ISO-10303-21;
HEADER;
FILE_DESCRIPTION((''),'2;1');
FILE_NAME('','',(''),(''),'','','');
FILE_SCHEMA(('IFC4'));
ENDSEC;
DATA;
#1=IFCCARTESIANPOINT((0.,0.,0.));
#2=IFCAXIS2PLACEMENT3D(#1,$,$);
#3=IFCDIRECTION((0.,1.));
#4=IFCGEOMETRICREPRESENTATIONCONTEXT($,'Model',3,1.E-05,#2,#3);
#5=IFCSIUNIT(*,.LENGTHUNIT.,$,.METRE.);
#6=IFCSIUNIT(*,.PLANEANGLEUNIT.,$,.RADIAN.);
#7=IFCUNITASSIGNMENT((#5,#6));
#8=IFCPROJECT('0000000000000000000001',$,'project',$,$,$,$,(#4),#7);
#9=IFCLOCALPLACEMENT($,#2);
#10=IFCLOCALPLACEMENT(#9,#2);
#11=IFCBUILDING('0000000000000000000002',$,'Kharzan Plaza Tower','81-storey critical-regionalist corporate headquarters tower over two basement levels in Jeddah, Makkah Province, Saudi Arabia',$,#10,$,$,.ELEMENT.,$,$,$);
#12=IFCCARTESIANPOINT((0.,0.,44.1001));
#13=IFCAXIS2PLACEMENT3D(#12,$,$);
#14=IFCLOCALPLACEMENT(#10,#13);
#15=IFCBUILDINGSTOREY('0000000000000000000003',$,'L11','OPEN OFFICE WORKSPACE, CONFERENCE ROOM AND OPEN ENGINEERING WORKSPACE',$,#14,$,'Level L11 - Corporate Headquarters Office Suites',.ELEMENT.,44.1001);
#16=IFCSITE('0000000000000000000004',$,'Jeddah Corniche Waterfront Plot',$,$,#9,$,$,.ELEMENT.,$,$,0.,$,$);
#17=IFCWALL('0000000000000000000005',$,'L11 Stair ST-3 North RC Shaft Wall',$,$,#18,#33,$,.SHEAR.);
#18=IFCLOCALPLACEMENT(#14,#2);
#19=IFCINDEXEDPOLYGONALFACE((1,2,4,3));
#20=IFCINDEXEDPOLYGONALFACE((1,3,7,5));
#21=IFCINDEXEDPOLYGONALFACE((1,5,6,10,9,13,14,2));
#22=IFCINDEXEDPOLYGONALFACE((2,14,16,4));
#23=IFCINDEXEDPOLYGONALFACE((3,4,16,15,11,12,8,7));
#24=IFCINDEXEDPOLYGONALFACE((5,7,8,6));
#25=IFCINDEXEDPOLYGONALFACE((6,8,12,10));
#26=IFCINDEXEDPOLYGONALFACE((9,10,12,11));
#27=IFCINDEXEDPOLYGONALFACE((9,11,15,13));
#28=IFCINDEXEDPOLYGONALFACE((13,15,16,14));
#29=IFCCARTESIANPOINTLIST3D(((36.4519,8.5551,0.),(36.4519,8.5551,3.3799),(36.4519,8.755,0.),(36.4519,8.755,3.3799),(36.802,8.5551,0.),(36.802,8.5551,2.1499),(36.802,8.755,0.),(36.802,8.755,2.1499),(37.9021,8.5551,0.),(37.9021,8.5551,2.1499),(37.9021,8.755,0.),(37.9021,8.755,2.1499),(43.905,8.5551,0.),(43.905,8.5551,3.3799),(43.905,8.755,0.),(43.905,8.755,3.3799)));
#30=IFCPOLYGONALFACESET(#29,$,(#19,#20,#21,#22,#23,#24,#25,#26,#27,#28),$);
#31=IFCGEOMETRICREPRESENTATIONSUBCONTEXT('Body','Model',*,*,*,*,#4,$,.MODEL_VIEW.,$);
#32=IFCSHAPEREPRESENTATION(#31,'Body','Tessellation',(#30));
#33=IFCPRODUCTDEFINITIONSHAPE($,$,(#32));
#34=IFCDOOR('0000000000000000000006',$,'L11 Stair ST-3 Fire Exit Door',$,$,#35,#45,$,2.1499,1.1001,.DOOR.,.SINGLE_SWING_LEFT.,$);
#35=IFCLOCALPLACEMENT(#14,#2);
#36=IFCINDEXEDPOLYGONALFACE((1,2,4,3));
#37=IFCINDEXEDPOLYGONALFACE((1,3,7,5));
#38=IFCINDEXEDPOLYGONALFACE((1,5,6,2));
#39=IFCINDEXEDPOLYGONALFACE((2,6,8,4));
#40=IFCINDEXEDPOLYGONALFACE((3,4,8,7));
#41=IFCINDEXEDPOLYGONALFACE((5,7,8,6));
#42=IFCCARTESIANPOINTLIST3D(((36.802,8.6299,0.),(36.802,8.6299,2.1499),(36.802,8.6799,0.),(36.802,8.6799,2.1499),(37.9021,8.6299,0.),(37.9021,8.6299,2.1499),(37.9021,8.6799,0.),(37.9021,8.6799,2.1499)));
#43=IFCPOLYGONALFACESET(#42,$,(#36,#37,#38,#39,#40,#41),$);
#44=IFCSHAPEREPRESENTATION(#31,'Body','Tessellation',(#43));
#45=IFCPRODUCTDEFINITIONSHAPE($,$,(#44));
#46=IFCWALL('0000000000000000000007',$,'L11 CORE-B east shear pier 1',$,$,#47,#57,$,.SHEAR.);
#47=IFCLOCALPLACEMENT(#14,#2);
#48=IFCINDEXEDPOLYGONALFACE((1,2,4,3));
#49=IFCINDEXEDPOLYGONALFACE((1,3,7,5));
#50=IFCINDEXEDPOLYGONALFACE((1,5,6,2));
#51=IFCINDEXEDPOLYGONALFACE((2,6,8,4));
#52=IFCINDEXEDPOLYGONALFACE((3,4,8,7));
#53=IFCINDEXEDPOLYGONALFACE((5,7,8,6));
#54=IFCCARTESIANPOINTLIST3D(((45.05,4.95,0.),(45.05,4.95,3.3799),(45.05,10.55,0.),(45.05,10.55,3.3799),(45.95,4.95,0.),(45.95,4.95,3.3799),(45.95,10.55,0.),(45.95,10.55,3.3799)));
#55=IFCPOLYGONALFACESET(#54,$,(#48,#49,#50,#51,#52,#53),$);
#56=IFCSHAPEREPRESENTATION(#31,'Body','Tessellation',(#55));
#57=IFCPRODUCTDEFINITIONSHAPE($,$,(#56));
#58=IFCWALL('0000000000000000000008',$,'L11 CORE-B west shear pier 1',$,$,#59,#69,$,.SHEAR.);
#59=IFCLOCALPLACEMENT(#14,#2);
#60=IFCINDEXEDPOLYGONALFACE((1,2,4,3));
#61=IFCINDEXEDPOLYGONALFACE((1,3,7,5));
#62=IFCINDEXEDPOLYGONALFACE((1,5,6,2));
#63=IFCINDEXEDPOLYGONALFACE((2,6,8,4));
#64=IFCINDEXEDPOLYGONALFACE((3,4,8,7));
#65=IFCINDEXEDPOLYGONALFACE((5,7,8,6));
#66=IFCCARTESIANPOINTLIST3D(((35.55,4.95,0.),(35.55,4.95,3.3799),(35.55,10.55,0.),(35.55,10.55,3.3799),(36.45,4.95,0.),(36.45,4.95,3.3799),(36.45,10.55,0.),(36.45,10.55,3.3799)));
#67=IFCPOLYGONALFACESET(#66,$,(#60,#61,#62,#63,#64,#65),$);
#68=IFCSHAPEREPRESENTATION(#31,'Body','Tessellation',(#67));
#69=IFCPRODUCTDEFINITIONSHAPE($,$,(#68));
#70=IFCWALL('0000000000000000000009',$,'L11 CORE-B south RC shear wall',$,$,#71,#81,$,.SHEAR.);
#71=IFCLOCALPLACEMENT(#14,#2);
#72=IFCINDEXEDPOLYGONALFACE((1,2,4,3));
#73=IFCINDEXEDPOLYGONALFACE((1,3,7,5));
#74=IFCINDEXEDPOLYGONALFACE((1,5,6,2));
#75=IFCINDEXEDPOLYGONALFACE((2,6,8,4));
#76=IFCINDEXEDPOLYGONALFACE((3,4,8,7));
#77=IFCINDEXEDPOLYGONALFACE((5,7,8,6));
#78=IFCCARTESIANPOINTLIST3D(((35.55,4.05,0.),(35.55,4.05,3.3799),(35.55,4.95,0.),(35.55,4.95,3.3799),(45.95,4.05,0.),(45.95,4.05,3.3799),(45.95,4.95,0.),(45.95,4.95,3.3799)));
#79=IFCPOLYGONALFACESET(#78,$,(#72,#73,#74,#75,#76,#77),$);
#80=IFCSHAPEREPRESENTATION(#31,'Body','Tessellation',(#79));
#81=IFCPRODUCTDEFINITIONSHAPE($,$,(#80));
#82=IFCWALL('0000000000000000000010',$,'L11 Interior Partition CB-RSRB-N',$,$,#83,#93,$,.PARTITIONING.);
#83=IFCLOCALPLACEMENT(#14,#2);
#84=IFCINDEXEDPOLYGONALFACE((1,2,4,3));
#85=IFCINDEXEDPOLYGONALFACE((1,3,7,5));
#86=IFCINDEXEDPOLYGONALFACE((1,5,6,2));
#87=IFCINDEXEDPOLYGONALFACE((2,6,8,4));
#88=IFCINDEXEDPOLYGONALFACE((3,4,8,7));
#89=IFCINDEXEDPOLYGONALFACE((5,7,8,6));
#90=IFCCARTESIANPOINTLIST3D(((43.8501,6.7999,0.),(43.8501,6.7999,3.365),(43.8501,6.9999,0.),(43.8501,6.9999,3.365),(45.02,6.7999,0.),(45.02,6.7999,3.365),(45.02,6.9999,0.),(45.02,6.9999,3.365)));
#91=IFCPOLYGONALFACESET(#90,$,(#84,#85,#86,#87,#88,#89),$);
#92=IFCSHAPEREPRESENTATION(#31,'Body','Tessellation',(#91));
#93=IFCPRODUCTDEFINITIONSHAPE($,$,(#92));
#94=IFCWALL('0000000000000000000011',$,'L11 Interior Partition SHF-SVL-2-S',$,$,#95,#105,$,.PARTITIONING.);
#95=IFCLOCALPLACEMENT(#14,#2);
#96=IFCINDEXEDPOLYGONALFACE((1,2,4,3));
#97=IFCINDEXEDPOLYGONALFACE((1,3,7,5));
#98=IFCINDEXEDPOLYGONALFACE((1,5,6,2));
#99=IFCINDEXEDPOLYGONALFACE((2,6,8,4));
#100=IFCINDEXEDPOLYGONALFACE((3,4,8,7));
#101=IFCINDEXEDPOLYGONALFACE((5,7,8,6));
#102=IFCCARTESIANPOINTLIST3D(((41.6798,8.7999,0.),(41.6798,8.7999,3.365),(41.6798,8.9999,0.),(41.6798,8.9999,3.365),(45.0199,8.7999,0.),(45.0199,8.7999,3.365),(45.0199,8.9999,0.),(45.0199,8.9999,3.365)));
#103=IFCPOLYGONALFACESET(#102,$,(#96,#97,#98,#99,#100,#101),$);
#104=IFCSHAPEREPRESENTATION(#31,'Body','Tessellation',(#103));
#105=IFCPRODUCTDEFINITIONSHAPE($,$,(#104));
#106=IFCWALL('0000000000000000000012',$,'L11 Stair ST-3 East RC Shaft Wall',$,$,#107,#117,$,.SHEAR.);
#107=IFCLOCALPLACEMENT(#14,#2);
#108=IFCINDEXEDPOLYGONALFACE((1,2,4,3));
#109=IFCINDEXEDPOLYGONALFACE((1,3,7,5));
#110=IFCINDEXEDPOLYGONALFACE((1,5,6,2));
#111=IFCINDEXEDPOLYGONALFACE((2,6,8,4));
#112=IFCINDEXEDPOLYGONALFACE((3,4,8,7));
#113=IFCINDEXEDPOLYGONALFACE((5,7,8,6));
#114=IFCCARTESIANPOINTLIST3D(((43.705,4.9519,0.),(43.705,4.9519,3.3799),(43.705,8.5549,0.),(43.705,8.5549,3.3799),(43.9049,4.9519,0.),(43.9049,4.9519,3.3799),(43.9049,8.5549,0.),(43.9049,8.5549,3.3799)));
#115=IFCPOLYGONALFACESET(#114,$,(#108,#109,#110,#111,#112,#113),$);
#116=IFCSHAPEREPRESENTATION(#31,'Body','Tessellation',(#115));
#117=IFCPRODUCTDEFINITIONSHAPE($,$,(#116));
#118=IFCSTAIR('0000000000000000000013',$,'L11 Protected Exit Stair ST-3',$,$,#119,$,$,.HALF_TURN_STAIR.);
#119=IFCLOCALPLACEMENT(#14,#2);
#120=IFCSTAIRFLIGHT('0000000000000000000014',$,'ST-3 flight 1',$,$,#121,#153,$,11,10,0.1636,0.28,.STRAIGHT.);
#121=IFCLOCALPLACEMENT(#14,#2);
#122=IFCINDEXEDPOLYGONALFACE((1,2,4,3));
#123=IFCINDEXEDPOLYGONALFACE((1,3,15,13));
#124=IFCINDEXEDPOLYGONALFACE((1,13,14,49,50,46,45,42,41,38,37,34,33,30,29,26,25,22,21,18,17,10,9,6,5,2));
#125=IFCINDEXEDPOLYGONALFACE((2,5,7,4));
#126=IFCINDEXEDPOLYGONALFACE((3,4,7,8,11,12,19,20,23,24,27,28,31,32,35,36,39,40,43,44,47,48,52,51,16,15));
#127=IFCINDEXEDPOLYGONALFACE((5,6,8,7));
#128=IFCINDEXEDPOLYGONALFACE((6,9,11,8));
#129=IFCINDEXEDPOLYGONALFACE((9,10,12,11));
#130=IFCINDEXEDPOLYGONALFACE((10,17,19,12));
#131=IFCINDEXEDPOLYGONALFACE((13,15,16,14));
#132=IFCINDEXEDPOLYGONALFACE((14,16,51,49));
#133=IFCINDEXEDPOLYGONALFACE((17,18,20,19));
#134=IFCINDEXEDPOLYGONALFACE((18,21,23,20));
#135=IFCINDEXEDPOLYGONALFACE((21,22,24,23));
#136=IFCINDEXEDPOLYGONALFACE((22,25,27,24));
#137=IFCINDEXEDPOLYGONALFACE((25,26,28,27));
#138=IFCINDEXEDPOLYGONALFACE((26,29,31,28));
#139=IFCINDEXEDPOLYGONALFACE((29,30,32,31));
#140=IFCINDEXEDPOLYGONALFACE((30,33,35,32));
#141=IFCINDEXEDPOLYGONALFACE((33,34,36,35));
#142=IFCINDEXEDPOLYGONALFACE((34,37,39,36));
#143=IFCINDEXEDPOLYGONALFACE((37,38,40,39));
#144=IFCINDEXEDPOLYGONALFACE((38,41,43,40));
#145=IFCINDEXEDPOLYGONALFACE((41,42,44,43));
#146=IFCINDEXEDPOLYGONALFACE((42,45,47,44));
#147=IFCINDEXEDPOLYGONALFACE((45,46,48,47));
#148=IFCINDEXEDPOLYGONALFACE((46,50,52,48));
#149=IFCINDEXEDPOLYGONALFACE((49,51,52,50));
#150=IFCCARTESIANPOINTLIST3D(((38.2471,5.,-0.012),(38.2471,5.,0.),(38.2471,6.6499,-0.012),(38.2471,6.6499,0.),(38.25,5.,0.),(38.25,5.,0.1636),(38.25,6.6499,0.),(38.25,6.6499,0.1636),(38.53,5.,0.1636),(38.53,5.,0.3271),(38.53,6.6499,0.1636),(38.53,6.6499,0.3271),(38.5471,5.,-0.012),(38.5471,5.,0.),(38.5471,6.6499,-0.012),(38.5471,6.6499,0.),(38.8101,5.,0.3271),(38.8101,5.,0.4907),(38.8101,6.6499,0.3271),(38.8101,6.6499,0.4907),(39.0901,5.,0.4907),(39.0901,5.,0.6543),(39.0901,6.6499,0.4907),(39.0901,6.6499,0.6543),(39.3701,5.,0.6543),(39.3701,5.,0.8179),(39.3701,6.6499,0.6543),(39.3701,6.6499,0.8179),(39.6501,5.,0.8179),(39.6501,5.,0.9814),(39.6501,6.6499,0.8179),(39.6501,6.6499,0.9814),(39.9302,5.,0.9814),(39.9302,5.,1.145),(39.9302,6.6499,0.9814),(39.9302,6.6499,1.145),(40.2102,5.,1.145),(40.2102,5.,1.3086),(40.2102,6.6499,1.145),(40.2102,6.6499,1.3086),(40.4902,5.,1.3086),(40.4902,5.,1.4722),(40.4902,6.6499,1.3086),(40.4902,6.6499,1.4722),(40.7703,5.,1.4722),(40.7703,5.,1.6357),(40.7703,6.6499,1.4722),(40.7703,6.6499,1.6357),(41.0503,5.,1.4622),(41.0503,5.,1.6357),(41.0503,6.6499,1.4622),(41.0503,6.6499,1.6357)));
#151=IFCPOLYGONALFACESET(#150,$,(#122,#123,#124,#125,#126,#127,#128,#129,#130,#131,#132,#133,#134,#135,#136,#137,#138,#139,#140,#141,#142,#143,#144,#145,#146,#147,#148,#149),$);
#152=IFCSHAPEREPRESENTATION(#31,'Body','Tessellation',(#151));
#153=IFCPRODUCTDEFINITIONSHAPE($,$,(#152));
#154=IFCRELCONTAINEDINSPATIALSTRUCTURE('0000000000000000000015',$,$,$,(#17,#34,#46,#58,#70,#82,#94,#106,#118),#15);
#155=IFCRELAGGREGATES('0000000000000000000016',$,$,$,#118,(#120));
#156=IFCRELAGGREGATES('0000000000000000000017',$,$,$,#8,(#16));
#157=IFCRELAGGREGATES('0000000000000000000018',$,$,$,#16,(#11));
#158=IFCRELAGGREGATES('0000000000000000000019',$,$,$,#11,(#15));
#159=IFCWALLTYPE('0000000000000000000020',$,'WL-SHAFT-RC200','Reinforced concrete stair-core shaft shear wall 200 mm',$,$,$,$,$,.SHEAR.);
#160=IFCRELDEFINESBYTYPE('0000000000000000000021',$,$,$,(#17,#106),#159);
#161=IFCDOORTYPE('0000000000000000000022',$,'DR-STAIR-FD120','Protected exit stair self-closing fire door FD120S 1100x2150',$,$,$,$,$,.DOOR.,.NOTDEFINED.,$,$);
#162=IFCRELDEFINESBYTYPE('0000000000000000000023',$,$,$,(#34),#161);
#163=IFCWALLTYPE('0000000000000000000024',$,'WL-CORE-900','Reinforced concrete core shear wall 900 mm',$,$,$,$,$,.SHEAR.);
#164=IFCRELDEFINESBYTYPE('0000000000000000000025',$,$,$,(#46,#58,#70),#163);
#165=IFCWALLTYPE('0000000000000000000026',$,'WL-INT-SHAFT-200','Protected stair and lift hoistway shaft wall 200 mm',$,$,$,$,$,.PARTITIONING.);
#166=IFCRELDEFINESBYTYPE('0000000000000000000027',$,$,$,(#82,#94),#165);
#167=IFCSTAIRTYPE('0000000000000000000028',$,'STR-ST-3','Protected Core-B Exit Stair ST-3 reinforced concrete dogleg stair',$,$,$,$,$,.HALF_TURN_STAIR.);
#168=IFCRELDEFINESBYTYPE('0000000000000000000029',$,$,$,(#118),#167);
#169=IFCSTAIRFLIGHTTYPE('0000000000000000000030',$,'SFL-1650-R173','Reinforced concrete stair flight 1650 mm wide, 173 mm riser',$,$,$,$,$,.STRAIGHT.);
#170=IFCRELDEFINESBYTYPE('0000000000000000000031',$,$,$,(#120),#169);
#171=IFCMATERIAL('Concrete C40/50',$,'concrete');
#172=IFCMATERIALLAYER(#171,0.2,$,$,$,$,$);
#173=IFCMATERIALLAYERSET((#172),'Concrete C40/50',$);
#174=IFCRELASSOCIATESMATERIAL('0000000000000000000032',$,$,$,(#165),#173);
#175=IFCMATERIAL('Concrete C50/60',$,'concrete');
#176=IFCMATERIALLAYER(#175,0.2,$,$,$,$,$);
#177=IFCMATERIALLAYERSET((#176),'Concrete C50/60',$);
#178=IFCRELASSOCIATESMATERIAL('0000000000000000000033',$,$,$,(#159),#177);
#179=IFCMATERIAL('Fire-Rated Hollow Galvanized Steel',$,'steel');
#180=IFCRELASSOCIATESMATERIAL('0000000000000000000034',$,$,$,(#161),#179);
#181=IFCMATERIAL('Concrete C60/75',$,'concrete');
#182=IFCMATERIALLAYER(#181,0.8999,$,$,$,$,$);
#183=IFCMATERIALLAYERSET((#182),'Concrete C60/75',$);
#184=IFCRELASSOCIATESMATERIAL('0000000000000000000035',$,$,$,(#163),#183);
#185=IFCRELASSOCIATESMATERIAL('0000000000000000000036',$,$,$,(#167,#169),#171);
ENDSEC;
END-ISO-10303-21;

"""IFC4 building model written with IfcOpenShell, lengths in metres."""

from ifc_helpers import new_model, si_unit, direction, frame, frame_2d, origin, place, context, subcontext, project, spatial, polyline, rectangle, outline, extrude, source, transform, mapped, material, layer, layer_set, type_object, element, fill, aggregate, save


model = new_model("IFC4")

# Units and contexts
model_context = context("Model", 3, precision=1e-05, world=origin(), true_north=direction((0.0, 1.0)))
body_context = subcontext(model_context, "Body", "Model", "MODEL_VIEW")
ifc_project = project(units=[si_unit("LENGTHUNIT", "METRE"), si_unit("PLANEANGLEUNIT", "RADIAN")], contexts=[model_context])

# Site, building, storey
site_placement = place(None, origin())
site = spatial("IfcSite", under=ifc_project, at=site_placement, Name="Jeddah Corniche Waterfront Plot", CompositionType="ELEMENT", RefElevation=0.0)
building_placement = place(site_placement, origin())
building = spatial("IfcBuilding", under=site, at=building_placement, Name="Kharzan Plaza Tower", Description="81-storey critical-regionalist corporate headquarters tower over two basement levels in Jeddah, Makkah Province, Saudi Arabia", CompositionType="ELEMENT")
storey_placement = place(building_placement, frame((0.0, 0.0, 44.1001)))
storey = spatial("IfcBuildingStorey", under=building, at=storey_placement, Name="L11", Description="OPEN OFFICE WORKSPACE, CONFERENCE ROOM AND OPEN ENGINEERING WORKSPACE", LongName="Level L11 - Corporate Headquarters Office Suites", CompositionType="ELEMENT", Elevation=44.1001)

# Shared definitions
ifc_material_1 = material(Name="Concrete C60/75", Category="concrete")

# Shared definitions
ifc_material_2 = material(Name="Concrete C40/50", Category="concrete")

# Wall, opening, door
ifc_layer_1 = layer(ifc_material_2, 0.2)
ifc_layer_set_1 = layer_set([ifc_layer_1], Name="Concrete C40/50")
wall_type_1 = type_object("IfcWallType", Name="WL-INT-SHAFT-200", Description="Protected stair and lift hoistway shaft wall 200 mm", PredefinedType="PARTITIONING", material=ifc_layer_set_1)
ifc_material_3 = material(Name="Concrete C50/60", Category="concrete")
ifc_layer_2 = layer(ifc_material_3, 0.2)
ifc_layer_set_2 = layer_set([ifc_layer_2], Name="Concrete C50/60")
wall_type_2 = type_object("IfcWallType", Name="WL-SHAFT-RC200", Description="Reinforced concrete stair-core shaft shear wall 200 mm", PredefinedType="SHEAR", material=ifc_layer_set_2)
wall_1_placement = place(storey_placement, frame((36.4519, 8.655, 0.0), z_axis=(0.0, 0.0, 1.0), x_axis=(1.0, 0.0, 0.0)))
wall_1 = element("IfcWall", 1, at=wall_1_placement, inside=storey, type_object=wall_type_2, Name="L11 Stair ST-3 North RC Shaft Wall", PredefinedType="SHEAR", context=body_context, shape_type="SweptSolid", body=[
    extrude(rectangle(XDim=7.4531, YDim=0.2, at=frame_2d((3.7266, 0.0))), origin(), (0.0, 0.0, 1.0), 3.3799),
])
opening_1_placement = place(wall_1_placement, frame((0.3501, 0.0, 0.0)))
opening_1 = element("IfcOpeningElement", 2, at=opening_1_placement, cuts=wall_1, PredefinedType="OPENING", context=body_context, shape_type="SweptSolid", body=[
    extrude(rectangle(XDim=1.1001, YDim=2.1499, at=frame_2d((0.55, 1.075))), frame((0.0, 0.1099, 0.0), z_axis=(0.0, -1.0, 0.0), x_axis=(1.0, 0.0, 0.0)), (0.0, 0.0, 1.0), 0.22),
])
ifc_material_4 = material(Name="Fire-Rated Hollow Galvanized Steel", Category="steel")
door_type_1 = type_object("IfcDoorType", Name="DR-STAIR-FD120", Description="Protected exit stair self-closing fire door FD120S 1100x2150", OperationType="NOTDEFINED", PredefinedType="DOOR", material=ifc_material_4)
shared_shape_1 = source(origin(), body_context, "Body", "SweptSolid", [
    extrude(rectangle(XDim=1.1001, YDim=2.1499, at=frame_2d((0.55, 1.075))), frame((0.0, 0.0249, 0.0), z_axis=(0.0, -1.0, 0.0), x_axis=(1.0, 0.0, 0.0)), (0.0, 0.0, 1.0), 0.05),
])
door_1_placement = place(opening_1_placement, origin())
door_1 = element("IfcDoor", 3, at=door_1_placement, inside=storey, type_object=door_type_1, Name="L11 Stair ST-3 Fire Exit Door", OperationType="SINGLE_SWING_LEFT", OverallHeight=2.1499, OverallWidth=1.1001, PredefinedType="DOOR", context=body_context, shape_type="MappedRepresentation", body=[
    mapped(shared_shape_1, transform((0.0, 0.0, 0.0), x_axis=(1.0, 0.0, 0.0), y_axis=(0.0, 1.0, 0.0), z_axis=(0.0, 0.0, 1.0))),
])
fill(opening_1, door_1)

# Walls
ifc_layer_3 = layer(ifc_material_1, 0.8999)
ifc_layer_set_3 = layer_set([ifc_layer_3], Name="Concrete C60/75")
wall_type_3 = type_object("IfcWallType", Name="WL-CORE-900", Description="Reinforced concrete core shear wall 900 mm", PredefinedType="SHEAR", material=ifc_layer_set_3)
shared_shape_2 = source(origin(), body_context, "Body", "SweptSolid", [
    extrude(rectangle(XDim=5.6001, YDim=0.8999, at=frame_2d((2.8, 0.0))), origin(), (0.0, 0.0, 1.0), 3.3799),
])
for number, where, z_axis, x_axis, name in (
    (4, (45.5, 4.95, 0.0), (0.0, 0.0, 1.0), (0.0, 1.0, 0.0), "L11 CORE-B east shear pier 1"),
    (5, (36.0, 4.95, 0.0), (0.0, 0.0, 1.0), (0.0, 1.0, 0.0), "L11 CORE-B west shear pier 1"),
):
    element("IfcWall", number, at=place(storey_placement, frame(where, z_axis=z_axis, x_axis=x_axis)), inside=storey, type_object=wall_type_3, Name=name, PredefinedType="SHEAR", context=body_context, shape_type="MappedRepresentation", body=[
        mapped(shared_shape_2, transform((0.0, 0.0, 0.0), x_axis=(1.0, 0.0, 0.0), y_axis=(0.0, 1.0, 0.0), z_axis=(0.0, 0.0, 1.0))),
    ])
shared_shape_3 = source(origin(), body_context, "Body", "SweptSolid", [
    extrude(rectangle(XDim=10.3999, YDim=0.8999, at=frame_2d((5.2, 0.0))), origin(), (0.0, 0.0, 1.0), 3.3799),
])
wall_2_placement = place(storey_placement, frame((35.55, 4.5, 0.0), z_axis=(0.0, 0.0, 1.0), x_axis=(1.0, 0.0, 0.0)))
element("IfcWall", 6, at=wall_2_placement, inside=storey, type_object=wall_type_3, Name="L11 CORE-B south RC shear wall", PredefinedType="SHEAR", context=body_context, shape_type="MappedRepresentation", body=[
    mapped(shared_shape_3, transform((0.0, 0.0, 0.0), x_axis=(1.0, 0.0, 0.0), y_axis=(0.0, 1.0, 0.0), z_axis=(0.0, 0.0, 1.0))),
])
shared_shape_4 = source(origin(), body_context, "Body", "SweptSolid", [
    extrude(rectangle(XDim=1.1699, YDim=0.2, at=frame_2d((0.585, 0.0))), origin(), (0.0, 0.0, 1.0), 3.365),
])
wall_3_placement = place(storey_placement, frame((43.8501, 6.8999, 0.0), z_axis=(0.0, 0.0, 1.0), x_axis=(1.0, 0.0, 0.0)))
element("IfcWall", 7, at=wall_3_placement, inside=storey, type_object=wall_type_1, Name="L11 Interior Partition CB-RSRB-N", PredefinedType="PARTITIONING", context=body_context, shape_type="MappedRepresentation", body=[
    mapped(shared_shape_4, transform((0.0, 0.0, 0.0), x_axis=(1.0, 0.0, 0.0), y_axis=(0.0, 1.0, 0.0), z_axis=(0.0, 0.0, 1.0))),
])
shared_shape_5 = source(origin(), body_context, "Body", "SweptSolid", [
    extrude(rectangle(XDim=3.3401, YDim=0.2, at=frame_2d((1.6699, 0.0))), origin(), (0.0, 0.0, 1.0), 3.365),
])
wall_4_placement = place(storey_placement, frame((41.6799, 8.8999, 0.0), z_axis=(0.0, 0.0, 1.0), x_axis=(1.0, 0.0, 0.0)))
element("IfcWall", 8, at=wall_4_placement, inside=storey, type_object=wall_type_1, Name="L11 Interior Partition SHF-SVL-2-S", PredefinedType="PARTITIONING", context=body_context, shape_type="MappedRepresentation", body=[
    mapped(shared_shape_5, transform((0.0, 0.0, 0.0), x_axis=(1.0, 0.0, 0.0), y_axis=(0.0, 1.0, 0.0), z_axis=(0.0, 0.0, 1.0))),
])
shared_shape_6 = source(origin(), body_context, "Body", "SweptSolid", [
    extrude(rectangle(XDim=3.603, YDim=0.2, at=frame_2d((1.8015, 0.0))), origin(), (0.0, 0.0, 1.0), 3.3799),
])
wall_5_placement = place(storey_placement, frame((43.8049, 4.9519, 0.0), z_axis=(0.0, 0.0, 1.0), x_axis=(0.0, 1.0, 0.0)))
element("IfcWall", 9, at=wall_5_placement, inside=storey, type_object=wall_type_2, Name="L11 Stair ST-3 East RC Shaft Wall", PredefinedType="SHEAR", context=body_context, shape_type="MappedRepresentation", body=[
    mapped(shared_shape_6, transform((0.0, 0.0, 0.0), x_axis=(1.0, 0.0, 0.0), y_axis=(0.0, 1.0, 0.0), z_axis=(0.0, 0.0, 1.0))),
])

# Stair, stair flight
stair_type = type_object("IfcStairType", Name="STR-ST-3", Description="Protected Core-B Exit Stair ST-3 reinforced concrete dogleg stair", PredefinedType="HALF_TURN_STAIR", material=ifc_material_2)
stair_placement = place(storey_placement, origin())
stair = element("IfcStair", 10, at=stair_placement, inside=storey, type_object=stair_type, Name="L11 Protected Exit Stair ST-3", PredefinedType="HALF_TURN_STAIR")
stair_flight_type = type_object("IfcStairFlightType", Name="SFL-1650-R173", Description="Reinforced concrete stair flight 1650 mm wide, 173 mm riser", PredefinedType="STRAIGHT", material=ifc_material_2)
shared_shape_7 = source(origin(), body_context, "Body", "SweptSolid", [
    extrude(outline(polyline([(-0.0029, -0.012), (-0.0029, 0.0), (0.0, 0.0), (0.0, 0.1636), (0.28, 0.1636), (0.28, 0.3271), (0.5601, 0.3271), (0.5601, 0.4907), (0.8401, 0.4907), (0.8401, 0.6543), (1.1201, 0.6543), (1.1201, 0.8179), (1.4001, 0.8179), (1.4001, 0.9814), (1.6802, 0.9814), (1.6802, 1.145), (1.9602, 1.145), (1.9602, 1.3086), (2.2402, 1.3086), (2.2402, 1.4722), (2.5203, 1.4722), (2.5203, 1.6357), (2.8003, 1.6357), (2.8003, 1.7993), (2.8003, 1.4622), (0.2971, 0.0), (0.2971, -0.012), (-0.0029, -0.012)])), frame((0.0, 0.825, 0.0), z_axis=(0.0, -1.0, 0.0), x_axis=(1.0, 0.0, 0.0)), (0.0, 0.0, 1.0), 1.6499),
])
stair_flight_1_placement = place(storey_placement, frame((38.25, 5.825, 0.0), z_axis=(0.0, 0.0, 1.0), x_axis=(1.0, 0.0, 0.0)))
stair_flight_1 = element("IfcStairFlight", 11, at=stair_flight_1_placement, type_object=stair_flight_type, Name="ST-3 flight 1", NumberOfRisers=11, NumberOfTreads=10, PredefinedType="STRAIGHT", RiserHeight=0.1636, TreadLength=0.28, context=body_context, shape_type="MappedRepresentation", body=[
    mapped(shared_shape_7, transform((0.0, 0.0, 0.0), x_axis=(1.0, 0.0, 0.0), y_axis=(0.0, 1.0, 0.0), z_axis=(0.0, 0.0, 1.0))),
])
aggregate(stair, [stair_flight_1])

save(model, "model.ifc")
